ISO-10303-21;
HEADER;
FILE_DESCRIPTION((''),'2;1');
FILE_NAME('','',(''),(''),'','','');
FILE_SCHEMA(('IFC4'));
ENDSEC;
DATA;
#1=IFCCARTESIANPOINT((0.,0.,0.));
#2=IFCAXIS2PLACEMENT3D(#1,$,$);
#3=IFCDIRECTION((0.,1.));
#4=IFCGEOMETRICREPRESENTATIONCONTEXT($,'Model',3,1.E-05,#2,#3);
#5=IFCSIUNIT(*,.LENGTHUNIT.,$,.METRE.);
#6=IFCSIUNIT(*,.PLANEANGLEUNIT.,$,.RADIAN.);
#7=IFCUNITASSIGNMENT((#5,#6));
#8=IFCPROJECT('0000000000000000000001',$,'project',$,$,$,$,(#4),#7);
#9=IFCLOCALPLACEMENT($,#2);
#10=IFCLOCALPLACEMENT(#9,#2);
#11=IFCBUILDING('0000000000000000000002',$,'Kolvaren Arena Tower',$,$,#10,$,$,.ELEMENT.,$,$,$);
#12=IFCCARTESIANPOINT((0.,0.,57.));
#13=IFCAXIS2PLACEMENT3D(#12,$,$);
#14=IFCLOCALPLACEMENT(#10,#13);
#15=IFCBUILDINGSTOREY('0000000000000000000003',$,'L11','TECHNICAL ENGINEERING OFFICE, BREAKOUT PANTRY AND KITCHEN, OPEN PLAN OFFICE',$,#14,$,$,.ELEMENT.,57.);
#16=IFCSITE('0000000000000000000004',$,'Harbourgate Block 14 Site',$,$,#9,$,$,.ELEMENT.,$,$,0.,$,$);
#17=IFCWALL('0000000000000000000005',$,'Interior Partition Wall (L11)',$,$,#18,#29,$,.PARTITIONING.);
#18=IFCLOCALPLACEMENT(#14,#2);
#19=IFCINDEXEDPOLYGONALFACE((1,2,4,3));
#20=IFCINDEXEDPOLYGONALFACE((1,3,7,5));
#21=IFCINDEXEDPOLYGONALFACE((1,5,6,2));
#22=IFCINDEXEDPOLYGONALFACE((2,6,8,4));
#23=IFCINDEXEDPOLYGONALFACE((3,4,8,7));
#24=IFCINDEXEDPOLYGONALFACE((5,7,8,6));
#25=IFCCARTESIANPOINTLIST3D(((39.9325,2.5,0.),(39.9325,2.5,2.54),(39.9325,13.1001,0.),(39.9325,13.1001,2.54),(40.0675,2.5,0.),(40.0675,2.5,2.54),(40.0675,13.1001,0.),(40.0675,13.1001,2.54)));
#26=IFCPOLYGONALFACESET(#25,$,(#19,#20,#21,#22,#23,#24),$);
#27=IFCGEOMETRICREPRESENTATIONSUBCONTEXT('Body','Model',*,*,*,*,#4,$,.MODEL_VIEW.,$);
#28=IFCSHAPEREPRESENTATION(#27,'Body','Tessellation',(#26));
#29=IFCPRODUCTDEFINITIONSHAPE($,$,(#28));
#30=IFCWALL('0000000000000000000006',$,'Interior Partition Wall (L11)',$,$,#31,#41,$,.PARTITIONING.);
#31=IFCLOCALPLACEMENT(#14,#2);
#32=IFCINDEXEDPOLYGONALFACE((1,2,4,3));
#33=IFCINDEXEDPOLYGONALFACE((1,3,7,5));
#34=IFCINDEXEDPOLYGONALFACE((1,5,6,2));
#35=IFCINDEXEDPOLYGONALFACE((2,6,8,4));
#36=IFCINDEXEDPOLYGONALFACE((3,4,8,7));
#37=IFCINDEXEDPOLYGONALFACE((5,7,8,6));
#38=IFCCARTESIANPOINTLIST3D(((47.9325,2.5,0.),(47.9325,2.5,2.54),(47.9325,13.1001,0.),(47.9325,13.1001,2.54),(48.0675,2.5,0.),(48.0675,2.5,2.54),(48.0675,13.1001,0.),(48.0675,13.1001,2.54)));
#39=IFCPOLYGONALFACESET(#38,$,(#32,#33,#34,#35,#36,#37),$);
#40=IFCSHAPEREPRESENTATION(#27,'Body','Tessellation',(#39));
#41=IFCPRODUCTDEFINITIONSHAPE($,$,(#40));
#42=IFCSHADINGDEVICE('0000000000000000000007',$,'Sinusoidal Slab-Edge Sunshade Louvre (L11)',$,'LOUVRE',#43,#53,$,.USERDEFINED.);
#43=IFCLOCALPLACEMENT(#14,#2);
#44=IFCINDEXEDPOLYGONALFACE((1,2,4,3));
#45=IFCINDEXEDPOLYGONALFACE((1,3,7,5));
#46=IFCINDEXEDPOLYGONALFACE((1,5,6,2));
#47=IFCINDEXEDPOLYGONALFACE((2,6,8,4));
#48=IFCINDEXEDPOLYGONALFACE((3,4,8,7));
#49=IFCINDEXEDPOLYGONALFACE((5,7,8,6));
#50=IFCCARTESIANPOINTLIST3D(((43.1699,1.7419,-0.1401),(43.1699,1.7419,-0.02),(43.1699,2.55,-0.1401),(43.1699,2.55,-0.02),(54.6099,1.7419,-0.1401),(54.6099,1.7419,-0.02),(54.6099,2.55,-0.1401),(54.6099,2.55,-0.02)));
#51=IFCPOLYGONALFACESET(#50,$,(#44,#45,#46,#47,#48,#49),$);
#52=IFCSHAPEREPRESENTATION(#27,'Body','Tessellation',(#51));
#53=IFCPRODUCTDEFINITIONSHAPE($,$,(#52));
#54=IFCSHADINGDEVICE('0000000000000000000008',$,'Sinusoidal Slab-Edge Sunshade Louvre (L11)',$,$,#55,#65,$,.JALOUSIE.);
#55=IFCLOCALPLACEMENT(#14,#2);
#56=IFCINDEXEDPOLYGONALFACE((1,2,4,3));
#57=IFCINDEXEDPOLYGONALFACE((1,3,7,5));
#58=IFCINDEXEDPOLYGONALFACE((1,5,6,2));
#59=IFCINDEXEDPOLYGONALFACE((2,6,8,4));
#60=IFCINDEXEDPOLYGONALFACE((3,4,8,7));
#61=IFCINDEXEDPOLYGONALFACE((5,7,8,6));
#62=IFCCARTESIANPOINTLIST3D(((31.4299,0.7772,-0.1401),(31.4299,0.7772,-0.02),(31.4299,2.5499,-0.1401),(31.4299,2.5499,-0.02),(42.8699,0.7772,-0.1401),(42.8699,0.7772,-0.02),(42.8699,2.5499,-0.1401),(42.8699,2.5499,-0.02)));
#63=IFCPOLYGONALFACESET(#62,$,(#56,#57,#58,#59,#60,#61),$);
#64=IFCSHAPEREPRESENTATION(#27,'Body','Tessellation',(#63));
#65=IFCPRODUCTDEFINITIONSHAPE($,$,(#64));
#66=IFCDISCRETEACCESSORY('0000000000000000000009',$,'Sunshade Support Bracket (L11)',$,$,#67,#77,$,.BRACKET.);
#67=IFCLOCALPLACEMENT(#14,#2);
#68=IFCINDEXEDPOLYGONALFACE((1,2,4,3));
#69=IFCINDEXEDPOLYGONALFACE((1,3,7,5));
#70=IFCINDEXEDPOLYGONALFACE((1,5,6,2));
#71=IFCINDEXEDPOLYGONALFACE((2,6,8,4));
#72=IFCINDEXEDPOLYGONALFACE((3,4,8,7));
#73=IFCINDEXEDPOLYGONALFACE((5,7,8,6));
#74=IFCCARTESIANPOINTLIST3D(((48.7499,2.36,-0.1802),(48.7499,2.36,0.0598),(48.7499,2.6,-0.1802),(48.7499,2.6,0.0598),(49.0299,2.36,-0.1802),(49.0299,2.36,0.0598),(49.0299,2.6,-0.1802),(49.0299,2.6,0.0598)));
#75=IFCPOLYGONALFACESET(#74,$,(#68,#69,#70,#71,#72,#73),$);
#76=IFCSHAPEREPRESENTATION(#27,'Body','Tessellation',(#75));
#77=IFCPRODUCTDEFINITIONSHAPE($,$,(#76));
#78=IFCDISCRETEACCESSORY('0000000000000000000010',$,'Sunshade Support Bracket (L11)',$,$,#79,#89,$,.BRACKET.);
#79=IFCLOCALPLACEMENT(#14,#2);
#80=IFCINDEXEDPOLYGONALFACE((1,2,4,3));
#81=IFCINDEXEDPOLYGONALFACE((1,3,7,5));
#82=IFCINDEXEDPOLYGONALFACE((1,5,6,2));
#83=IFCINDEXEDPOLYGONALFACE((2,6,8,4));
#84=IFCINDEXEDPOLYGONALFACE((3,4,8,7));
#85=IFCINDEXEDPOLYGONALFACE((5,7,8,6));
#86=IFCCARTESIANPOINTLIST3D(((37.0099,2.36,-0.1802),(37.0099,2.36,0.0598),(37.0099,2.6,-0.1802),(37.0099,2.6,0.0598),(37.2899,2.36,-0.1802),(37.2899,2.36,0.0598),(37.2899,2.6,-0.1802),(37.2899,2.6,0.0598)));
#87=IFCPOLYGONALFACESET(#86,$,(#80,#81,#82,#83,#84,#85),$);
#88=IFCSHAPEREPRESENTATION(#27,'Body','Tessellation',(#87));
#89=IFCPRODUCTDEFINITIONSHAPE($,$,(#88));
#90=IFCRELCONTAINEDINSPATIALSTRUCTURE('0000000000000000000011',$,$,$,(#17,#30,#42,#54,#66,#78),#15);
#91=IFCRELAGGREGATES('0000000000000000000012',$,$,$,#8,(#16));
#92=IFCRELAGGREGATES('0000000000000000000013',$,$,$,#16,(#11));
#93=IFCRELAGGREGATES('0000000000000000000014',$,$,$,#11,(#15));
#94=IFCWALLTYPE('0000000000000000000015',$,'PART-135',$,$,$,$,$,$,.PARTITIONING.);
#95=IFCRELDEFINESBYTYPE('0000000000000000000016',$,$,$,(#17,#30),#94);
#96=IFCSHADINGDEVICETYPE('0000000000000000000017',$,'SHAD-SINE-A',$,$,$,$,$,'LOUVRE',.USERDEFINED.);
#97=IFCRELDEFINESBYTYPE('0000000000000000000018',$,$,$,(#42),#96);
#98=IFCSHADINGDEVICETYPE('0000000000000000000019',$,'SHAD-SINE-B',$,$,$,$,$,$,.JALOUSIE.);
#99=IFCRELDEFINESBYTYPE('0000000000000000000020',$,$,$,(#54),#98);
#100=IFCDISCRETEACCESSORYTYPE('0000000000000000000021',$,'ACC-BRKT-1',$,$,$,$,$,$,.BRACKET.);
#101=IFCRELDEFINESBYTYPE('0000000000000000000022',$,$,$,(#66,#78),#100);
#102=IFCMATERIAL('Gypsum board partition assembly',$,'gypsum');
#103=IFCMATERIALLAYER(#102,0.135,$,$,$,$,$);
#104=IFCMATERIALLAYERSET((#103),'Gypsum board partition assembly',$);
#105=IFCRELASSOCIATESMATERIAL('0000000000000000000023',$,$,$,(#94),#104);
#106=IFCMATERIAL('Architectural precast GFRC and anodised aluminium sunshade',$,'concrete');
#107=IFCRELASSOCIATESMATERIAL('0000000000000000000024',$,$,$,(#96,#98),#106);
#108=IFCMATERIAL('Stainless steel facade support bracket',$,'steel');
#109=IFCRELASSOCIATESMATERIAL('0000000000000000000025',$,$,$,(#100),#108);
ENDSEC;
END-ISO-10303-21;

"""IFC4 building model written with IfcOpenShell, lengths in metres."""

from ifc_helpers import new_model, si_unit, direction, frame, frame_2d, origin, origin_2d, place, context, subcontext, project, spatial, rectangle, extrude, material, layer, layer_set, type_object, element, save


model = new_model("IFC4")

# Units and contexts
model_context = context("Model", 3, precision=1e-05, world=origin(), true_north=direction((0.0, 1.0)))
body_context = subcontext(model_context, "Body", "Model", "MODEL_VIEW")
ifc_project = project(units=[si_unit("LENGTHUNIT", "METRE"), si_unit("PLANEANGLEUNIT", "RADIAN")], contexts=[model_context])

# Site, building, storey
site_placement = place(None, origin())
site = spatial("IfcSite", under=ifc_project, at=site_placement, Name="Harbourgate Block 14 Site", CompositionType="ELEMENT", RefElevation=0.0)
building_placement = place(site_placement, origin())
building = spatial("IfcBuilding", under=site, at=building_placement, Name="Kolvaren Arena Tower", CompositionType="ELEMENT")
storey_placement = place(building_placement, frame((0.0, 0.0, 57.0)))
storey = spatial("IfcBuildingStorey", under=building, at=storey_placement, Name="L11", Description="TECHNICAL ENGINEERING OFFICE, BREAKOUT PANTRY AND KITCHEN, OPEN PLAN OFFICE", CompositionType="ELEMENT", Elevation=57.0)

# Walls
ifc_material_1 = material(Name="Gypsum board partition assembly", Category="gypsum")
ifc_layer_1 = layer(ifc_material_1, 0.135)
ifc_layer_set_1 = layer_set([ifc_layer_1], Name="Gypsum board partition assembly")
wall_type_1 = type_object("IfcWallType", Name="PART-135", PredefinedType="PARTITIONING", material=ifc_layer_set_1)
for number, where, z_axis, x_axis, name in (
    (1, (40.0, 2.5, 0.0), (0.0, 0.0, 1.0), (0.0, 1.0, 0.0), "Interior Partition Wall (L11)"),
    (2, (48.0, 2.5, 0.0), (0.0, 0.0, 1.0), (0.0, 1.0, 0.0), "Interior Partition Wall (L11)"),
):
    element("IfcWall", number, at=place(storey_placement, frame(where, z_axis=z_axis, x_axis=x_axis)), inside=storey, type_object=wall_type_1, Name=name, PredefinedType="PARTITIONING", context=body_context, shape_type="SweptSolid", body=[
        extrude(rectangle(XDim=10.6001, YDim=0.135, at=frame_2d((5.3, 0.0))), origin(), (0.0, 0.0, 1.0), 2.54),
    ])

# Shading devices
ifc_material_2 = material(Name="Architectural precast GFRC and anodised aluminium sunshade", Category="concrete")
shading_device_type_1 = type_object("IfcShadingDeviceType", Name="SHAD-SINE-A", ElementType="LOUVRE", PredefinedType="USERDEFINED", material=ifc_material_2)
shading_device_1_placement = place(storey_placement, frame((48.8899, 2.146, -0.1401), z_axis=(0.0, 0.0, 1.0), x_axis=(-1.0, 0.0, 0.0)))
element("IfcShadingDevice", 3, at=shading_device_1_placement, inside=storey, type_object=shading_device_type_1, Name="Sinusoidal Slab-Edge Sunshade Louvre (L11)", ObjectType="LOUVRE", PredefinedType="USERDEFINED", context=body_context, shape_type="SweptSolid", body=[
    extrude(rectangle(XDim=11.4399, YDim=0.8081, at=origin_2d()), origin(), (0.0, 0.0, 1.0), 0.1201),
])
shading_device_type_2 = type_object("IfcShadingDeviceType", Name="SHAD-SINE-B", PredefinedType="JALOUSIE", material=ifc_material_2)
shading_device_2_placement = place(storey_placement, frame((37.1499, 1.6636, -0.1401), z_axis=(0.0, 0.0, 1.0), x_axis=(-1.0, 0.0, 0.0)))
element("IfcShadingDevice", 4, at=shading_device_2_placement, inside=storey, type_object=shading_device_type_2, Name="Sinusoidal Slab-Edge Sunshade Louvre (L11)", PredefinedType="JALOUSIE", context=body_context, shape_type="SweptSolid", body=[
    extrude(rectangle(XDim=11.4399, YDim=1.7727, at=origin_2d()), origin(), (0.0, 0.0, 1.0), 0.1201),
])

# Discrete accessories
ifc_material_3 = material(Name="Stainless steel facade support bracket", Category="steel")
discrete_accessory_type = type_object("IfcDiscreteAccessoryType", Name="ACC-BRKT-1", PredefinedType="BRACKET", material=ifc_material_3)
for number, where, z_axis, x_axis, name in (
    (5, (48.8899, 2.48, -0.1802), (0.0, 0.0, 1.0), (-1.0, 0.0, 0.0), "Sunshade Support Bracket (L11)"),
    (6, (37.1499, 2.48, -0.1802), (0.0, 0.0, 1.0), (-1.0, 0.0, 0.0), "Sunshade Support Bracket (L11)"),
):
    element("IfcDiscreteAccessory", number, at=place(storey_placement, frame(where, z_axis=z_axis, x_axis=x_axis)), inside=storey, type_object=discrete_accessory_type, Name=name, PredefinedType="BRACKET", context=body_context, shape_type="SweptSolid", body=[
        extrude(rectangle(XDim=0.28, YDim=0.24, at=origin_2d()), origin(), (0.0, 0.0, 1.0), 0.24),
    ])

save(model, "model.ifc")
